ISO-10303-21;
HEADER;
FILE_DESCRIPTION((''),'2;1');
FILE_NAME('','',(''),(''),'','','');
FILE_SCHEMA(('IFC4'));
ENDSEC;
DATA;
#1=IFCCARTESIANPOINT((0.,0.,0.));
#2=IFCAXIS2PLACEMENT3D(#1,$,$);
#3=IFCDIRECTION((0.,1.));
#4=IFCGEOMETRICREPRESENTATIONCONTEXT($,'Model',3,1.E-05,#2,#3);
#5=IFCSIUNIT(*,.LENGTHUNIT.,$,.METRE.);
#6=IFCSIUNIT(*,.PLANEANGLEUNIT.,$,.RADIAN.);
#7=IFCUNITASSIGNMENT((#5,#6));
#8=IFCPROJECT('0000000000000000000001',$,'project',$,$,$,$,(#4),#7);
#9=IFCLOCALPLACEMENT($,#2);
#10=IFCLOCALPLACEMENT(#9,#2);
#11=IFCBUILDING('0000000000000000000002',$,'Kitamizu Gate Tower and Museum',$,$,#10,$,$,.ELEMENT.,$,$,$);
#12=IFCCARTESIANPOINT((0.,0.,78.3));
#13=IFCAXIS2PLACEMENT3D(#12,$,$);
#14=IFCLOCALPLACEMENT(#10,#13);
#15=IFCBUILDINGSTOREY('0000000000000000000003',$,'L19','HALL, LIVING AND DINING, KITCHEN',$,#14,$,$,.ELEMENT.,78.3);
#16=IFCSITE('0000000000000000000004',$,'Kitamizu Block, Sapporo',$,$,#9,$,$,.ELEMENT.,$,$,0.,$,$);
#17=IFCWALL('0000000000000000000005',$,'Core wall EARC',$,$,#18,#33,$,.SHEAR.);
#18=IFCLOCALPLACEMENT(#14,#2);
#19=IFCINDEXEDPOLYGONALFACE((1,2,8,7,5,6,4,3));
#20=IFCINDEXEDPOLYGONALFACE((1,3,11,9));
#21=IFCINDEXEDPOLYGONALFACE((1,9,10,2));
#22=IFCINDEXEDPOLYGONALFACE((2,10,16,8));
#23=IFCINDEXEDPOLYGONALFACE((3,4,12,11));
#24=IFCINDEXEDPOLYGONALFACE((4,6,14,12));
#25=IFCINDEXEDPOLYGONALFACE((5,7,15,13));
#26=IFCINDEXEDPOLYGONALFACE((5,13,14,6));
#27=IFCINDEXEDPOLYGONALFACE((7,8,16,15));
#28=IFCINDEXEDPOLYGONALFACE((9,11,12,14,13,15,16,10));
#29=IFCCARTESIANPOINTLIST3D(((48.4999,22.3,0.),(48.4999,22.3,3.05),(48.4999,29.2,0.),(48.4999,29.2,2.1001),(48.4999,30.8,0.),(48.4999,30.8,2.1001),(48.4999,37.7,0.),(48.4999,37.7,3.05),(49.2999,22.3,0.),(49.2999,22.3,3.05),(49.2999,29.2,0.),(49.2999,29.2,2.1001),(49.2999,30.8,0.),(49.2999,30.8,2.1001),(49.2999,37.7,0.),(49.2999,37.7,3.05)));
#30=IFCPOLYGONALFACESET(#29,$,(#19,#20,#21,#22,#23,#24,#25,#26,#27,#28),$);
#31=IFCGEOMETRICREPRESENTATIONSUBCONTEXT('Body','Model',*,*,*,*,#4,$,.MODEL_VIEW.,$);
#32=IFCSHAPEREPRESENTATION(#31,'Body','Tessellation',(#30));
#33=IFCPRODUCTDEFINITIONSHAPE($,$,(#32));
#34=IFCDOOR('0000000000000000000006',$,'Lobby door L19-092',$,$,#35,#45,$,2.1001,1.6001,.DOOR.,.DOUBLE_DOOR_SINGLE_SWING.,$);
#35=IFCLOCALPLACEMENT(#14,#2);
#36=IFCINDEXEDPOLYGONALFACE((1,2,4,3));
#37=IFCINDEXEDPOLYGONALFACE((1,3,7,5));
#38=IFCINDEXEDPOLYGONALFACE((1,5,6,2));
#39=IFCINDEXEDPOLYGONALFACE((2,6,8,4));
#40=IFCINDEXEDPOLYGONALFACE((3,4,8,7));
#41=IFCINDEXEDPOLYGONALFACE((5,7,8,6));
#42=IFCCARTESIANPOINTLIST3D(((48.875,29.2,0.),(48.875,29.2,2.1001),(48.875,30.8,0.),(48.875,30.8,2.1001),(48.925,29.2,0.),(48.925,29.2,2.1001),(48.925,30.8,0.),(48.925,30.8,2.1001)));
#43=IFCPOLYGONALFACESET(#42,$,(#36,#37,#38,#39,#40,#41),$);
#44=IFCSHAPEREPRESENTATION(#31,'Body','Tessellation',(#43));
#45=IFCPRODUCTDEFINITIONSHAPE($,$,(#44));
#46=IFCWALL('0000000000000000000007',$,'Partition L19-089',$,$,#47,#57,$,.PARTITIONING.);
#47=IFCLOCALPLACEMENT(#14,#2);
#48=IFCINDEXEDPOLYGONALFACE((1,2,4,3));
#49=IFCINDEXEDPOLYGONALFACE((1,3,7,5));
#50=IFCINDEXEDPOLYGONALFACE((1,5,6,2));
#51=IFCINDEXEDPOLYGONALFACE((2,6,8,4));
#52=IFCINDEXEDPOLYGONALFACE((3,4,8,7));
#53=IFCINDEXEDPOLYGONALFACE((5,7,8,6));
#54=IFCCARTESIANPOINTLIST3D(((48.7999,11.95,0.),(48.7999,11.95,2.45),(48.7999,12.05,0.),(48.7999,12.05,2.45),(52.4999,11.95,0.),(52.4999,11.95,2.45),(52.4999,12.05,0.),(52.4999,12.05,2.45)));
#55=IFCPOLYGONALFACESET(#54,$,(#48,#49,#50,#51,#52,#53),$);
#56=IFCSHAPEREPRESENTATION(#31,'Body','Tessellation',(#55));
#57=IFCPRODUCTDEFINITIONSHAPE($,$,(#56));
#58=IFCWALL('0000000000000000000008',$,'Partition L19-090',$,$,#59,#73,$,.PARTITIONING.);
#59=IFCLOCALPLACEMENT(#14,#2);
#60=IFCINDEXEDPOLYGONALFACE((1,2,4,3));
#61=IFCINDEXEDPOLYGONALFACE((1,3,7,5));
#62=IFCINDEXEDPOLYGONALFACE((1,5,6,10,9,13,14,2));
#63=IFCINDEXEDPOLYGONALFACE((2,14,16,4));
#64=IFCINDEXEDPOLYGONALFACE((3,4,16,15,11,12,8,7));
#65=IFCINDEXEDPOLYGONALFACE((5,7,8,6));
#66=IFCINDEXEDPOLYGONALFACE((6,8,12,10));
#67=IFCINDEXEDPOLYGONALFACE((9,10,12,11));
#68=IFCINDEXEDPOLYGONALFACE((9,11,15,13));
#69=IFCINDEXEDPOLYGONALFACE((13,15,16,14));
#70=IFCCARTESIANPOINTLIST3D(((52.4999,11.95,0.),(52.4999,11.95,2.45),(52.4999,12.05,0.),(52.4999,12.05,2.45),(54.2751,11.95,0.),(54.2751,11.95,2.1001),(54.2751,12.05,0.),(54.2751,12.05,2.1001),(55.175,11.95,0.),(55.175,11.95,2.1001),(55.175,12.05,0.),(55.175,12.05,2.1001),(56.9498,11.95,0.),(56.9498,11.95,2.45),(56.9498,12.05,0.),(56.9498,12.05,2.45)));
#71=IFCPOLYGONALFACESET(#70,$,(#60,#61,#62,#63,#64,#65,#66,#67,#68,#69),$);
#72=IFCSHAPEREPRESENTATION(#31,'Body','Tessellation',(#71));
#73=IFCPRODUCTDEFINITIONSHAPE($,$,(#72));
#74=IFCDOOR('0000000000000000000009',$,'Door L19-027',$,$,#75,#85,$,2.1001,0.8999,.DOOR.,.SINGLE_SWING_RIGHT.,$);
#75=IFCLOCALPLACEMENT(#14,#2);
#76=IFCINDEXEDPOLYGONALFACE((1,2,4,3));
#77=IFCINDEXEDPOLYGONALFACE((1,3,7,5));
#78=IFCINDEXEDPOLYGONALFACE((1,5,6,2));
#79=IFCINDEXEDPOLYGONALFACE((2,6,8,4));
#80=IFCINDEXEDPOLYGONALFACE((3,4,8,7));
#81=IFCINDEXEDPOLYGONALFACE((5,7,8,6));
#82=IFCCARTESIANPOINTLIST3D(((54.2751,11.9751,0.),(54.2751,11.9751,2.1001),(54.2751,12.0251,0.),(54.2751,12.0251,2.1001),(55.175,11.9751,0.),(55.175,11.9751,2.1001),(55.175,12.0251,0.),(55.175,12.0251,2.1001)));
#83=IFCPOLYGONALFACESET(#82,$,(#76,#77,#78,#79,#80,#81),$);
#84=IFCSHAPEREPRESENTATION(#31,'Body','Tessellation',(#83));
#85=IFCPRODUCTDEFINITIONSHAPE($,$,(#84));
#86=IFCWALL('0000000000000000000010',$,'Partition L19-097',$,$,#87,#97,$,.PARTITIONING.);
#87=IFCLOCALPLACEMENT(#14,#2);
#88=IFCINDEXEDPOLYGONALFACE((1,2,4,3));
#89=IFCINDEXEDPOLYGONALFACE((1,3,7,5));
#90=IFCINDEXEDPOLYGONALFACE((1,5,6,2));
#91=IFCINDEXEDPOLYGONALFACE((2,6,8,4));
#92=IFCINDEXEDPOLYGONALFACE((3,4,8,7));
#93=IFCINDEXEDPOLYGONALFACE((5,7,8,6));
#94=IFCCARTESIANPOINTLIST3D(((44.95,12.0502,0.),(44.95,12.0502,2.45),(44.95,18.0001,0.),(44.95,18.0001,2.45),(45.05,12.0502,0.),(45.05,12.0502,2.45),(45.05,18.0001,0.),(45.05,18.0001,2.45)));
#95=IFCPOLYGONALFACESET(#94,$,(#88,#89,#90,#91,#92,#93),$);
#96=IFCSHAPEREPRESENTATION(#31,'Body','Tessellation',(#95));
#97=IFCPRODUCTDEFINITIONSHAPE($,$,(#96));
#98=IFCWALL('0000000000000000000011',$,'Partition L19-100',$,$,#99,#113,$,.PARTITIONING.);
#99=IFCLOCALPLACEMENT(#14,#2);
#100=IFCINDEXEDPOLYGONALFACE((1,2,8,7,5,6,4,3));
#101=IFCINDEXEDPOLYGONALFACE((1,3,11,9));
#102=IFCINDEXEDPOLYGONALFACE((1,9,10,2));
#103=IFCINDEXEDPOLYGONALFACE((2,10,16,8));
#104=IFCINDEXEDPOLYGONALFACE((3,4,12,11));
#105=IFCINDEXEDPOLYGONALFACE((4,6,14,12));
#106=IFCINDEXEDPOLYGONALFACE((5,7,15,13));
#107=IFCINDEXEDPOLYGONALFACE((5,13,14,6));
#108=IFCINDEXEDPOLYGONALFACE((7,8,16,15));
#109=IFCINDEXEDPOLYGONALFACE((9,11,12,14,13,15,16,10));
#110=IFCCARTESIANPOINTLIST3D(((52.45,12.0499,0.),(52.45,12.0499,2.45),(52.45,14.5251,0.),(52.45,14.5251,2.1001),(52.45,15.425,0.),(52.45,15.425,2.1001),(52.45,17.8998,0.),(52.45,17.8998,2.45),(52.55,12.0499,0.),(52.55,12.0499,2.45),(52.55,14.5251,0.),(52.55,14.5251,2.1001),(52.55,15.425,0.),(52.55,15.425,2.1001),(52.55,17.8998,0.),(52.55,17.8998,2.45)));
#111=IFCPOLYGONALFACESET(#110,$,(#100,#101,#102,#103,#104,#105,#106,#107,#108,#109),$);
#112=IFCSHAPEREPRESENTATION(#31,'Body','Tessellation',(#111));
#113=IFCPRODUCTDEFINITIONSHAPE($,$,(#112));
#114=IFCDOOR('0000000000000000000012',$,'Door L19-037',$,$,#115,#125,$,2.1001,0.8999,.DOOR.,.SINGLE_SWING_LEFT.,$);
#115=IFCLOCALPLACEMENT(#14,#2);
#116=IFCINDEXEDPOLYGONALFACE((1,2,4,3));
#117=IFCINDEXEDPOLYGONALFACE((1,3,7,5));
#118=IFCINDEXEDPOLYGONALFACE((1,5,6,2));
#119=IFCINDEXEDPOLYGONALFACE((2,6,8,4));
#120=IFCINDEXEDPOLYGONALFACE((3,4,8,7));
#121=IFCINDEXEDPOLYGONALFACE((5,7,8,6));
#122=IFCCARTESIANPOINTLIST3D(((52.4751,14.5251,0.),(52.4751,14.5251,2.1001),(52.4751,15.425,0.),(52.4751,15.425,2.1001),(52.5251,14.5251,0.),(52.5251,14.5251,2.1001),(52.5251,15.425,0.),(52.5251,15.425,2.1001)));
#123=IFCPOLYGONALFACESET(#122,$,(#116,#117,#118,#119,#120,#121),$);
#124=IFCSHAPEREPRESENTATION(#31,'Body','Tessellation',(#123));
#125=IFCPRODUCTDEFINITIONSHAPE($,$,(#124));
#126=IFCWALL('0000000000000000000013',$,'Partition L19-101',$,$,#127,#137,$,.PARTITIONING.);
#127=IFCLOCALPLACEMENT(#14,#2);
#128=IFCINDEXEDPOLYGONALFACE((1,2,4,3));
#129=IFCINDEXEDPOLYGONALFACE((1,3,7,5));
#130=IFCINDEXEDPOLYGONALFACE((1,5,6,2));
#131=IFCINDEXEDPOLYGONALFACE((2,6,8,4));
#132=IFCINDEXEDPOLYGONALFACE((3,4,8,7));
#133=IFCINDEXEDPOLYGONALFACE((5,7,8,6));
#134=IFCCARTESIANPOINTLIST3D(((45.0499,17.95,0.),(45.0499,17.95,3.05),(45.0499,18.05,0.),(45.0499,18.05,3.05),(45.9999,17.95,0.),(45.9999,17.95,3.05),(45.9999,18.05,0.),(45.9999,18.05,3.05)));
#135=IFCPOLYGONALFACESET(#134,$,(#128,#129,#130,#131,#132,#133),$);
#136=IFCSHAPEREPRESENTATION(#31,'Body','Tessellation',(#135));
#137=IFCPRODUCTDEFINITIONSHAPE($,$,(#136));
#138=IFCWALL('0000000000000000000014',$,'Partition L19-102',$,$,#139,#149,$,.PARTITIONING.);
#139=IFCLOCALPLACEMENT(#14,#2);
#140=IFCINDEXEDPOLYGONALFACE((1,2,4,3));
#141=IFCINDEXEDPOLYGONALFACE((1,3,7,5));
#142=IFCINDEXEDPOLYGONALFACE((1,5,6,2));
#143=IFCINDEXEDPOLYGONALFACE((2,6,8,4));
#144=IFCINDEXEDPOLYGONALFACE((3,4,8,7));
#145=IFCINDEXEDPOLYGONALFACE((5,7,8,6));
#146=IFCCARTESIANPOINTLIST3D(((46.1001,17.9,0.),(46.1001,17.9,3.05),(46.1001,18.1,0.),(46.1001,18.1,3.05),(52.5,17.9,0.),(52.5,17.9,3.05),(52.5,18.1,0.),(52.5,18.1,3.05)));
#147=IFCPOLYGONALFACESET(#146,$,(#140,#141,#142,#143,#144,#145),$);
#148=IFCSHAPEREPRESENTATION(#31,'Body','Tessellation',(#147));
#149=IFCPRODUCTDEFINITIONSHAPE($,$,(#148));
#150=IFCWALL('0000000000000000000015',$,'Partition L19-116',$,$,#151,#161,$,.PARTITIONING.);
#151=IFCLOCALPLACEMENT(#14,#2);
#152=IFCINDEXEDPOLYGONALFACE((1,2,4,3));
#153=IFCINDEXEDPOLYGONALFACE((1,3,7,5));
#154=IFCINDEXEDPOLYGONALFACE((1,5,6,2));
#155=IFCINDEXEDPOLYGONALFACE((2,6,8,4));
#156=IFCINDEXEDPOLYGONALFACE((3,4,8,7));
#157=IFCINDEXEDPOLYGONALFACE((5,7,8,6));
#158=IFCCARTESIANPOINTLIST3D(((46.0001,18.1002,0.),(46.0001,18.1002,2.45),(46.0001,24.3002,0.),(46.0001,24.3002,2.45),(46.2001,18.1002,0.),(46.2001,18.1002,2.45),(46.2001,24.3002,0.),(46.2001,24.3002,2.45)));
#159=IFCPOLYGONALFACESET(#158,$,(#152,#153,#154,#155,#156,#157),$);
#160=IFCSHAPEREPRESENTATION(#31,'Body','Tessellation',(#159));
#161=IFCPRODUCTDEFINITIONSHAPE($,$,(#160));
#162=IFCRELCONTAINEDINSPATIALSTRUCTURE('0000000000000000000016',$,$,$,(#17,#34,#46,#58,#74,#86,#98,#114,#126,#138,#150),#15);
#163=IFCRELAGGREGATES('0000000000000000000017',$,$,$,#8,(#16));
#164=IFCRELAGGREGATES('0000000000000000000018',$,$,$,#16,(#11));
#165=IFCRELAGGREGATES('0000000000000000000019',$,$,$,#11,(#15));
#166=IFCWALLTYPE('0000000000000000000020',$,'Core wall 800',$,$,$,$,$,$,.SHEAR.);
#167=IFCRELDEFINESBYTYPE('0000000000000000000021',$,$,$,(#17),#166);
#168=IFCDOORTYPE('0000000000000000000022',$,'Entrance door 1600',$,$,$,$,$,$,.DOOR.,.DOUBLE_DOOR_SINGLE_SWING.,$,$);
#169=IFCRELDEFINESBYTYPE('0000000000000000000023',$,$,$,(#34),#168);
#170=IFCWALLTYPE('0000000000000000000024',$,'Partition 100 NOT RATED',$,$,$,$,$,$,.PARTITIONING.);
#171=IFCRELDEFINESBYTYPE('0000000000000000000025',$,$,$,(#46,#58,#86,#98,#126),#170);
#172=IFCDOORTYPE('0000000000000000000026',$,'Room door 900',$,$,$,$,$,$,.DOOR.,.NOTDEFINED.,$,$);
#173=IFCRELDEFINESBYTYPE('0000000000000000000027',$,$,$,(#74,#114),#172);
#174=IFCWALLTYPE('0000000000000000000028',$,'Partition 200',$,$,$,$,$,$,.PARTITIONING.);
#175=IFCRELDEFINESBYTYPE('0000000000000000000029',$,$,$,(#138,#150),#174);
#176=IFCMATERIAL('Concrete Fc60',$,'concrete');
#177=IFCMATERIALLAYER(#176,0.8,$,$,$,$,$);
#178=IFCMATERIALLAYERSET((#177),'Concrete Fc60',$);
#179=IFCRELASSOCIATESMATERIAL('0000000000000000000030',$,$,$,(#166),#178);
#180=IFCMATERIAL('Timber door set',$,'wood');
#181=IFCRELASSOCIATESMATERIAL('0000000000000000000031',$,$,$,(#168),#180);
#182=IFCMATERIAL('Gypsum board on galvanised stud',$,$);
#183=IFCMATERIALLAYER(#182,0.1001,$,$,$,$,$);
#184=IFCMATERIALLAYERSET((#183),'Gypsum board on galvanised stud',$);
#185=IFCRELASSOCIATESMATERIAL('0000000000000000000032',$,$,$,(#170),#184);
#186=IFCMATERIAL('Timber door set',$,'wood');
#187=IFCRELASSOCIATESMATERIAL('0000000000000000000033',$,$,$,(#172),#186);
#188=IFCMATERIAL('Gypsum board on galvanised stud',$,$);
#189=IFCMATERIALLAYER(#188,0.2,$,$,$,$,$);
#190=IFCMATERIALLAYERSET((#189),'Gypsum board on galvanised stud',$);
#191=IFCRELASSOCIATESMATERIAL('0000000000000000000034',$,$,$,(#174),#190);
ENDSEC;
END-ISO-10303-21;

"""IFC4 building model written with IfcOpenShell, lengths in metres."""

from ifc_helpers import new_model, si_unit, direction, frame, frame_2d, origin, place, context, subcontext, project, spatial, rectangle, extrude, material, layer, layer_set, type_object, element, fill, save


model = new_model("IFC4")

# Units and contexts
model_context = context("Model", 3, precision=1e-05, world=origin(), true_north=direction((0.0, 1.0)))
body_context = subcontext(model_context, "Body", "Model", "MODEL_VIEW")
ifc_project = project(units=[si_unit("LENGTHUNIT", "METRE"), si_unit("PLANEANGLEUNIT", "RADIAN")], contexts=[model_context])

# Site, building, storey
site_placement = place(None, origin())
site = spatial("IfcSite", under=ifc_project, at=site_placement, Name="Kitamizu Block, Sapporo", CompositionType="ELEMENT", RefElevation=0.0)
building_placement = place(site_placement, origin())
building = spatial("IfcBuilding", under=site, at=building_placement, Name="Kitamizu Gate Tower and Museum", CompositionType="ELEMENT")
storey_placement = place(building_placement, frame((0.0, 0.0, 78.3)))
storey = spatial("IfcBuildingStorey", under=building, at=storey_placement, Name="L19", Description="HALL, LIVING AND DINING, KITCHEN", CompositionType="ELEMENT", Elevation=78.3)

# Wall, opening, door
ifc_material_1 = material(Name="Concrete Fc60", Category="concrete")
ifc_layer_1 = layer(ifc_material_1, 0.8)
ifc_layer_set_1 = layer_set([ifc_layer_1], Name="Concrete Fc60")
wall_type_1 = type_object("IfcWallType", Name="Core wall 800", PredefinedType="SHEAR", material=ifc_layer_set_1)
wall_1_placement = place(storey_placement, frame((48.8999, 22.3, 0.0), z_axis=(0.0, 0.0, 1.0), x_axis=(0.0, 1.0, 0.0)))
wall_1 = element("IfcWall", 1, at=wall_1_placement, inside=storey, type_object=wall_type_1, Name="Core wall EARC", PredefinedType="SHEAR", context=body_context, shape_type="SweptSolid", body=[
    extrude(rectangle(XDim=15.3999, YDim=0.8, at=frame_2d((7.7, 0.0))), origin(), (0.0, 0.0, 1.0), 3.05),
])
opening_1_placement = place(wall_1_placement, frame((6.8999, 0.0, 0.0)))
opening_1 = element("IfcOpeningElement", 2, at=opening_1_placement, cuts=wall_1, PredefinedType="OPENING", context=body_context, shape_type="SweptSolid", body=[
    extrude(rectangle(XDim=1.6001, YDim=2.1001, at=frame_2d((0.8, 1.05))), frame((0.0, 0.4102, 0.0), z_axis=(0.0, -1.0, 0.0), x_axis=(1.0, 0.0, 0.0)), (0.0, 0.0, 1.0), 0.8201),
])
ifc_material_2 = material(Name="Timber door set", Category="wood")
door_type_1 = type_object("IfcDoorType", Name="Entrance door 1600", OperationType="DOUBLE_DOOR_SINGLE_SWING", PredefinedType="DOOR", material=ifc_material_2)
door_1_placement = place(opening_1_placement, origin())
door_1 = element("IfcDoor", 3, at=door_1_placement, inside=storey, type_object=door_type_1, Name="Lobby door L19-092", OperationType="DOUBLE_DOOR_SINGLE_SWING", OverallHeight=2.1001, OverallWidth=1.6001, PredefinedType="DOOR", context=body_context, shape_type="SweptSolid", body=[
    extrude(rectangle(XDim=1.6001, YDim=2.1001, at=frame_2d((0.8, 1.05))), frame((0.0, 0.0249, 0.0), z_axis=(0.0, -1.0, 0.0), x_axis=(1.0, 0.0, 0.0)), (0.0, 0.0, 1.0), 0.05),
])
fill(opening_1, door_1)

# Wall
ifc_material_3 = material(Name="Gypsum board on galvanised stud")
ifc_layer_2 = layer(ifc_material_3, 0.1001)
ifc_layer_set_2 = layer_set([ifc_layer_2], Name="Gypsum board on galvanised stud")
wall_type_2 = type_object("IfcWallType", Name="Partition 100 NOT RATED", PredefinedType="PARTITIONING", material=ifc_layer_set_2)
wall_2_placement = place(storey_placement, frame((52.5, 12.0, 0.0), z_axis=(0.0, 0.0, 1.0), x_axis=(-1.0, 0.0, 0.0)))
element("IfcWall", 4, at=wall_2_placement, inside=storey, type_object=wall_type_2, Name="Partition L19-089", PredefinedType="PARTITIONING", context=body_context, shape_type="SweptSolid", body=[
    extrude(rectangle(XDim=3.7, YDim=0.1001, at=frame_2d((1.8501, 0.0))), origin(), (0.0, 0.0, 1.0), 2.45),
])

# Wall, opening, door
wall_3_placement = place(storey_placement, frame((56.95, 12.0, 0.0), z_axis=(0.0, 0.0, 1.0), x_axis=(-1.0, 0.0, 0.0)))
wall_3 = element("IfcWall", 5, at=wall_3_placement, inside=storey, type_object=wall_type_2, Name="Partition L19-090", PredefinedType="PARTITIONING", context=body_context, shape_type="SweptSolid", body=[
    extrude(rectangle(XDim=4.45, YDim=0.1001, at=frame_2d((2.2251, 0.0))), origin(), (0.0, 0.0, 1.0), 2.45),
])
opening_2_placement = place(wall_3_placement, frame((1.7749, 0.0, 0.0)))
opening_2 = element("IfcOpeningElement", 6, at=opening_2_placement, cuts=wall_3, PredefinedType="OPENING", context=body_context, shape_type="SweptSolid", body=[
    extrude(rectangle(XDim=0.8999, YDim=2.1001, at=frame_2d((0.45, 1.05))), frame((0.0, 0.0601, 0.0), z_axis=(0.0, -1.0, 0.0), x_axis=(1.0, 0.0, 0.0)), (0.0, 0.0, 1.0), 0.1201),
])
ifc_material_4 = material(Name="Timber door set", Category="wood")
door_type_2 = type_object("IfcDoorType", Name="Room door 900", OperationType="NOTDEFINED", PredefinedType="DOOR", material=ifc_material_4)
door_2_placement = place(opening_2_placement, origin())
door_2 = element("IfcDoor", 7, at=door_2_placement, inside=storey, type_object=door_type_2, Name="Door L19-027", OperationType="SINGLE_SWING_RIGHT", OverallHeight=2.1001, OverallWidth=0.8999, PredefinedType="DOOR", context=body_context, shape_type="SweptSolid", body=[
    extrude(rectangle(XDim=0.8999, YDim=2.1001, at=frame_2d((0.45, 1.05))), frame((0.0, 0.0249, 0.0), z_axis=(0.0, -1.0, 0.0), x_axis=(1.0, 0.0, 0.0)), (0.0, 0.0, 1.0), 0.05),
])
fill(opening_2, door_2)

# Wall
wall_4_placement = place(storey_placement, frame((45.0, 12.05, 0.0), z_axis=(0.0, 0.0, 1.0), x_axis=(0.0, 1.0, 0.0)))
element("IfcWall", 8, at=wall_4_placement, inside=storey, type_object=wall_type_2, Name="Partition L19-097", PredefinedType="PARTITIONING", context=body_context, shape_type="SweptSolid", body=[
    extrude(rectangle(XDim=5.95, YDim=0.1001, at=frame_2d((2.9751, 0.0))), origin(), (0.0, 0.0, 1.0), 2.45),
])

# Wall, opening, door
wall_5_placement = place(storey_placement, frame((52.5, 12.05, 0.0), z_axis=(0.0, 0.0, 1.0), x_axis=(0.0, 1.0, 0.0)))
wall_5 = element("IfcWall", 9, at=wall_5_placement, inside=storey, type_object=wall_type_2, Name="Partition L19-100", PredefinedType="PARTITIONING", context=body_context, shape_type="SweptSolid", body=[
    extrude(rectangle(XDim=5.8499, YDim=0.1001, at=frame_2d((2.9248, 0.0))), origin(), (0.0, 0.0, 1.0), 2.45),
])
opening_3_placement = place(wall_5_placement, frame((2.4751, 0.0, 0.0)))
opening_3 = element("IfcOpeningElement", 10, at=opening_3_placement, cuts=wall_5, PredefinedType="OPENING", context=body_context, shape_type="SweptSolid", body=[
    extrude(rectangle(XDim=0.8999, YDim=2.1001, at=frame_2d((0.45, 1.05))), frame((0.0, 0.0601, 0.0), z_axis=(0.0, -1.0, 0.0), x_axis=(1.0, 0.0, 0.0)), (0.0, 0.0, 1.0), 0.1201),
])
door_3_placement = place(opening_3_placement, origin())
door_3 = element("IfcDoor", 11, at=door_3_placement, inside=storey, type_object=door_type_2, Name="Door L19-037", OperationType="SINGLE_SWING_LEFT", OverallHeight=2.1001, OverallWidth=0.8999, PredefinedType="DOOR", context=body_context, shape_type="SweptSolid", body=[
    extrude(rectangle(XDim=0.8999, YDim=2.1001, at=frame_2d((0.45, 1.05))), frame((0.0, 0.0249, 0.0), z_axis=(0.0, -1.0, 0.0), x_axis=(1.0, 0.0, 0.0)), (0.0, 0.0, 1.0), 0.05),
])
fill(opening_3, door_3)

# Walls
wall_6_placement = place(storey_placement, frame((46.0, 18.0, 0.0), z_axis=(0.0, 0.0, 1.0), x_axis=(-1.0, 0.0, 0.0)))
element("IfcWall", 12, at=wall_6_placement, inside=storey, type_object=wall_type_2, Name="Partition L19-101", PredefinedType="PARTITIONING", context=body_context, shape_type="SweptSolid", body=[
    extrude(rectangle(XDim=0.95, YDim=0.1001, at=frame_2d((0.4751, 0.0))), origin(), (0.0, 0.0, 1.0), 3.05),
])
ifc_material_5 = material(Name="Gypsum board on galvanised stud")
ifc_layer_3 = layer(ifc_material_5, 0.2)
ifc_layer_set_3 = layer_set([ifc_layer_3], Name="Gypsum board on galvanised stud")
wall_type_3 = type_object("IfcWallType", Name="Partition 200", PredefinedType="PARTITIONING", material=ifc_layer_set_3)
wall_7_placement = place(storey_placement, frame((52.5, 18.0, 0.0), z_axis=(0.0, 0.0, 1.0), x_axis=(-1.0, 0.0, 0.0)))
element("IfcWall", 13, at=wall_7_placement, inside=storey, type_object=wall_type_3, Name="Partition L19-102", PredefinedType="PARTITIONING", context=body_context, shape_type="SweptSolid", body=[
    extrude(rectangle(XDim=6.3999, YDim=0.2, at=frame_2d((3.2, 0.0))), origin(), (0.0, 0.0, 1.0), 3.05),
])
wall_8_placement = place(storey_placement, frame((46.1001, 18.1001, 0.0), z_axis=(0.0, 0.0, 1.0), x_axis=(0.0, 1.0, 0.0)))
element("IfcWall", 14, at=wall_8_placement, inside=storey, type_object=wall_type_3, Name="Partition L19-116", PredefinedType="PARTITIONING", context=body_context, shape_type="SweptSolid", body=[
    extrude(rectangle(XDim=6.2, YDim=0.2, at=frame_2d((3.1001, 0.0))), origin(), (0.0, 0.0, 1.0), 2.45),
])

save(model, "model.ifc")
